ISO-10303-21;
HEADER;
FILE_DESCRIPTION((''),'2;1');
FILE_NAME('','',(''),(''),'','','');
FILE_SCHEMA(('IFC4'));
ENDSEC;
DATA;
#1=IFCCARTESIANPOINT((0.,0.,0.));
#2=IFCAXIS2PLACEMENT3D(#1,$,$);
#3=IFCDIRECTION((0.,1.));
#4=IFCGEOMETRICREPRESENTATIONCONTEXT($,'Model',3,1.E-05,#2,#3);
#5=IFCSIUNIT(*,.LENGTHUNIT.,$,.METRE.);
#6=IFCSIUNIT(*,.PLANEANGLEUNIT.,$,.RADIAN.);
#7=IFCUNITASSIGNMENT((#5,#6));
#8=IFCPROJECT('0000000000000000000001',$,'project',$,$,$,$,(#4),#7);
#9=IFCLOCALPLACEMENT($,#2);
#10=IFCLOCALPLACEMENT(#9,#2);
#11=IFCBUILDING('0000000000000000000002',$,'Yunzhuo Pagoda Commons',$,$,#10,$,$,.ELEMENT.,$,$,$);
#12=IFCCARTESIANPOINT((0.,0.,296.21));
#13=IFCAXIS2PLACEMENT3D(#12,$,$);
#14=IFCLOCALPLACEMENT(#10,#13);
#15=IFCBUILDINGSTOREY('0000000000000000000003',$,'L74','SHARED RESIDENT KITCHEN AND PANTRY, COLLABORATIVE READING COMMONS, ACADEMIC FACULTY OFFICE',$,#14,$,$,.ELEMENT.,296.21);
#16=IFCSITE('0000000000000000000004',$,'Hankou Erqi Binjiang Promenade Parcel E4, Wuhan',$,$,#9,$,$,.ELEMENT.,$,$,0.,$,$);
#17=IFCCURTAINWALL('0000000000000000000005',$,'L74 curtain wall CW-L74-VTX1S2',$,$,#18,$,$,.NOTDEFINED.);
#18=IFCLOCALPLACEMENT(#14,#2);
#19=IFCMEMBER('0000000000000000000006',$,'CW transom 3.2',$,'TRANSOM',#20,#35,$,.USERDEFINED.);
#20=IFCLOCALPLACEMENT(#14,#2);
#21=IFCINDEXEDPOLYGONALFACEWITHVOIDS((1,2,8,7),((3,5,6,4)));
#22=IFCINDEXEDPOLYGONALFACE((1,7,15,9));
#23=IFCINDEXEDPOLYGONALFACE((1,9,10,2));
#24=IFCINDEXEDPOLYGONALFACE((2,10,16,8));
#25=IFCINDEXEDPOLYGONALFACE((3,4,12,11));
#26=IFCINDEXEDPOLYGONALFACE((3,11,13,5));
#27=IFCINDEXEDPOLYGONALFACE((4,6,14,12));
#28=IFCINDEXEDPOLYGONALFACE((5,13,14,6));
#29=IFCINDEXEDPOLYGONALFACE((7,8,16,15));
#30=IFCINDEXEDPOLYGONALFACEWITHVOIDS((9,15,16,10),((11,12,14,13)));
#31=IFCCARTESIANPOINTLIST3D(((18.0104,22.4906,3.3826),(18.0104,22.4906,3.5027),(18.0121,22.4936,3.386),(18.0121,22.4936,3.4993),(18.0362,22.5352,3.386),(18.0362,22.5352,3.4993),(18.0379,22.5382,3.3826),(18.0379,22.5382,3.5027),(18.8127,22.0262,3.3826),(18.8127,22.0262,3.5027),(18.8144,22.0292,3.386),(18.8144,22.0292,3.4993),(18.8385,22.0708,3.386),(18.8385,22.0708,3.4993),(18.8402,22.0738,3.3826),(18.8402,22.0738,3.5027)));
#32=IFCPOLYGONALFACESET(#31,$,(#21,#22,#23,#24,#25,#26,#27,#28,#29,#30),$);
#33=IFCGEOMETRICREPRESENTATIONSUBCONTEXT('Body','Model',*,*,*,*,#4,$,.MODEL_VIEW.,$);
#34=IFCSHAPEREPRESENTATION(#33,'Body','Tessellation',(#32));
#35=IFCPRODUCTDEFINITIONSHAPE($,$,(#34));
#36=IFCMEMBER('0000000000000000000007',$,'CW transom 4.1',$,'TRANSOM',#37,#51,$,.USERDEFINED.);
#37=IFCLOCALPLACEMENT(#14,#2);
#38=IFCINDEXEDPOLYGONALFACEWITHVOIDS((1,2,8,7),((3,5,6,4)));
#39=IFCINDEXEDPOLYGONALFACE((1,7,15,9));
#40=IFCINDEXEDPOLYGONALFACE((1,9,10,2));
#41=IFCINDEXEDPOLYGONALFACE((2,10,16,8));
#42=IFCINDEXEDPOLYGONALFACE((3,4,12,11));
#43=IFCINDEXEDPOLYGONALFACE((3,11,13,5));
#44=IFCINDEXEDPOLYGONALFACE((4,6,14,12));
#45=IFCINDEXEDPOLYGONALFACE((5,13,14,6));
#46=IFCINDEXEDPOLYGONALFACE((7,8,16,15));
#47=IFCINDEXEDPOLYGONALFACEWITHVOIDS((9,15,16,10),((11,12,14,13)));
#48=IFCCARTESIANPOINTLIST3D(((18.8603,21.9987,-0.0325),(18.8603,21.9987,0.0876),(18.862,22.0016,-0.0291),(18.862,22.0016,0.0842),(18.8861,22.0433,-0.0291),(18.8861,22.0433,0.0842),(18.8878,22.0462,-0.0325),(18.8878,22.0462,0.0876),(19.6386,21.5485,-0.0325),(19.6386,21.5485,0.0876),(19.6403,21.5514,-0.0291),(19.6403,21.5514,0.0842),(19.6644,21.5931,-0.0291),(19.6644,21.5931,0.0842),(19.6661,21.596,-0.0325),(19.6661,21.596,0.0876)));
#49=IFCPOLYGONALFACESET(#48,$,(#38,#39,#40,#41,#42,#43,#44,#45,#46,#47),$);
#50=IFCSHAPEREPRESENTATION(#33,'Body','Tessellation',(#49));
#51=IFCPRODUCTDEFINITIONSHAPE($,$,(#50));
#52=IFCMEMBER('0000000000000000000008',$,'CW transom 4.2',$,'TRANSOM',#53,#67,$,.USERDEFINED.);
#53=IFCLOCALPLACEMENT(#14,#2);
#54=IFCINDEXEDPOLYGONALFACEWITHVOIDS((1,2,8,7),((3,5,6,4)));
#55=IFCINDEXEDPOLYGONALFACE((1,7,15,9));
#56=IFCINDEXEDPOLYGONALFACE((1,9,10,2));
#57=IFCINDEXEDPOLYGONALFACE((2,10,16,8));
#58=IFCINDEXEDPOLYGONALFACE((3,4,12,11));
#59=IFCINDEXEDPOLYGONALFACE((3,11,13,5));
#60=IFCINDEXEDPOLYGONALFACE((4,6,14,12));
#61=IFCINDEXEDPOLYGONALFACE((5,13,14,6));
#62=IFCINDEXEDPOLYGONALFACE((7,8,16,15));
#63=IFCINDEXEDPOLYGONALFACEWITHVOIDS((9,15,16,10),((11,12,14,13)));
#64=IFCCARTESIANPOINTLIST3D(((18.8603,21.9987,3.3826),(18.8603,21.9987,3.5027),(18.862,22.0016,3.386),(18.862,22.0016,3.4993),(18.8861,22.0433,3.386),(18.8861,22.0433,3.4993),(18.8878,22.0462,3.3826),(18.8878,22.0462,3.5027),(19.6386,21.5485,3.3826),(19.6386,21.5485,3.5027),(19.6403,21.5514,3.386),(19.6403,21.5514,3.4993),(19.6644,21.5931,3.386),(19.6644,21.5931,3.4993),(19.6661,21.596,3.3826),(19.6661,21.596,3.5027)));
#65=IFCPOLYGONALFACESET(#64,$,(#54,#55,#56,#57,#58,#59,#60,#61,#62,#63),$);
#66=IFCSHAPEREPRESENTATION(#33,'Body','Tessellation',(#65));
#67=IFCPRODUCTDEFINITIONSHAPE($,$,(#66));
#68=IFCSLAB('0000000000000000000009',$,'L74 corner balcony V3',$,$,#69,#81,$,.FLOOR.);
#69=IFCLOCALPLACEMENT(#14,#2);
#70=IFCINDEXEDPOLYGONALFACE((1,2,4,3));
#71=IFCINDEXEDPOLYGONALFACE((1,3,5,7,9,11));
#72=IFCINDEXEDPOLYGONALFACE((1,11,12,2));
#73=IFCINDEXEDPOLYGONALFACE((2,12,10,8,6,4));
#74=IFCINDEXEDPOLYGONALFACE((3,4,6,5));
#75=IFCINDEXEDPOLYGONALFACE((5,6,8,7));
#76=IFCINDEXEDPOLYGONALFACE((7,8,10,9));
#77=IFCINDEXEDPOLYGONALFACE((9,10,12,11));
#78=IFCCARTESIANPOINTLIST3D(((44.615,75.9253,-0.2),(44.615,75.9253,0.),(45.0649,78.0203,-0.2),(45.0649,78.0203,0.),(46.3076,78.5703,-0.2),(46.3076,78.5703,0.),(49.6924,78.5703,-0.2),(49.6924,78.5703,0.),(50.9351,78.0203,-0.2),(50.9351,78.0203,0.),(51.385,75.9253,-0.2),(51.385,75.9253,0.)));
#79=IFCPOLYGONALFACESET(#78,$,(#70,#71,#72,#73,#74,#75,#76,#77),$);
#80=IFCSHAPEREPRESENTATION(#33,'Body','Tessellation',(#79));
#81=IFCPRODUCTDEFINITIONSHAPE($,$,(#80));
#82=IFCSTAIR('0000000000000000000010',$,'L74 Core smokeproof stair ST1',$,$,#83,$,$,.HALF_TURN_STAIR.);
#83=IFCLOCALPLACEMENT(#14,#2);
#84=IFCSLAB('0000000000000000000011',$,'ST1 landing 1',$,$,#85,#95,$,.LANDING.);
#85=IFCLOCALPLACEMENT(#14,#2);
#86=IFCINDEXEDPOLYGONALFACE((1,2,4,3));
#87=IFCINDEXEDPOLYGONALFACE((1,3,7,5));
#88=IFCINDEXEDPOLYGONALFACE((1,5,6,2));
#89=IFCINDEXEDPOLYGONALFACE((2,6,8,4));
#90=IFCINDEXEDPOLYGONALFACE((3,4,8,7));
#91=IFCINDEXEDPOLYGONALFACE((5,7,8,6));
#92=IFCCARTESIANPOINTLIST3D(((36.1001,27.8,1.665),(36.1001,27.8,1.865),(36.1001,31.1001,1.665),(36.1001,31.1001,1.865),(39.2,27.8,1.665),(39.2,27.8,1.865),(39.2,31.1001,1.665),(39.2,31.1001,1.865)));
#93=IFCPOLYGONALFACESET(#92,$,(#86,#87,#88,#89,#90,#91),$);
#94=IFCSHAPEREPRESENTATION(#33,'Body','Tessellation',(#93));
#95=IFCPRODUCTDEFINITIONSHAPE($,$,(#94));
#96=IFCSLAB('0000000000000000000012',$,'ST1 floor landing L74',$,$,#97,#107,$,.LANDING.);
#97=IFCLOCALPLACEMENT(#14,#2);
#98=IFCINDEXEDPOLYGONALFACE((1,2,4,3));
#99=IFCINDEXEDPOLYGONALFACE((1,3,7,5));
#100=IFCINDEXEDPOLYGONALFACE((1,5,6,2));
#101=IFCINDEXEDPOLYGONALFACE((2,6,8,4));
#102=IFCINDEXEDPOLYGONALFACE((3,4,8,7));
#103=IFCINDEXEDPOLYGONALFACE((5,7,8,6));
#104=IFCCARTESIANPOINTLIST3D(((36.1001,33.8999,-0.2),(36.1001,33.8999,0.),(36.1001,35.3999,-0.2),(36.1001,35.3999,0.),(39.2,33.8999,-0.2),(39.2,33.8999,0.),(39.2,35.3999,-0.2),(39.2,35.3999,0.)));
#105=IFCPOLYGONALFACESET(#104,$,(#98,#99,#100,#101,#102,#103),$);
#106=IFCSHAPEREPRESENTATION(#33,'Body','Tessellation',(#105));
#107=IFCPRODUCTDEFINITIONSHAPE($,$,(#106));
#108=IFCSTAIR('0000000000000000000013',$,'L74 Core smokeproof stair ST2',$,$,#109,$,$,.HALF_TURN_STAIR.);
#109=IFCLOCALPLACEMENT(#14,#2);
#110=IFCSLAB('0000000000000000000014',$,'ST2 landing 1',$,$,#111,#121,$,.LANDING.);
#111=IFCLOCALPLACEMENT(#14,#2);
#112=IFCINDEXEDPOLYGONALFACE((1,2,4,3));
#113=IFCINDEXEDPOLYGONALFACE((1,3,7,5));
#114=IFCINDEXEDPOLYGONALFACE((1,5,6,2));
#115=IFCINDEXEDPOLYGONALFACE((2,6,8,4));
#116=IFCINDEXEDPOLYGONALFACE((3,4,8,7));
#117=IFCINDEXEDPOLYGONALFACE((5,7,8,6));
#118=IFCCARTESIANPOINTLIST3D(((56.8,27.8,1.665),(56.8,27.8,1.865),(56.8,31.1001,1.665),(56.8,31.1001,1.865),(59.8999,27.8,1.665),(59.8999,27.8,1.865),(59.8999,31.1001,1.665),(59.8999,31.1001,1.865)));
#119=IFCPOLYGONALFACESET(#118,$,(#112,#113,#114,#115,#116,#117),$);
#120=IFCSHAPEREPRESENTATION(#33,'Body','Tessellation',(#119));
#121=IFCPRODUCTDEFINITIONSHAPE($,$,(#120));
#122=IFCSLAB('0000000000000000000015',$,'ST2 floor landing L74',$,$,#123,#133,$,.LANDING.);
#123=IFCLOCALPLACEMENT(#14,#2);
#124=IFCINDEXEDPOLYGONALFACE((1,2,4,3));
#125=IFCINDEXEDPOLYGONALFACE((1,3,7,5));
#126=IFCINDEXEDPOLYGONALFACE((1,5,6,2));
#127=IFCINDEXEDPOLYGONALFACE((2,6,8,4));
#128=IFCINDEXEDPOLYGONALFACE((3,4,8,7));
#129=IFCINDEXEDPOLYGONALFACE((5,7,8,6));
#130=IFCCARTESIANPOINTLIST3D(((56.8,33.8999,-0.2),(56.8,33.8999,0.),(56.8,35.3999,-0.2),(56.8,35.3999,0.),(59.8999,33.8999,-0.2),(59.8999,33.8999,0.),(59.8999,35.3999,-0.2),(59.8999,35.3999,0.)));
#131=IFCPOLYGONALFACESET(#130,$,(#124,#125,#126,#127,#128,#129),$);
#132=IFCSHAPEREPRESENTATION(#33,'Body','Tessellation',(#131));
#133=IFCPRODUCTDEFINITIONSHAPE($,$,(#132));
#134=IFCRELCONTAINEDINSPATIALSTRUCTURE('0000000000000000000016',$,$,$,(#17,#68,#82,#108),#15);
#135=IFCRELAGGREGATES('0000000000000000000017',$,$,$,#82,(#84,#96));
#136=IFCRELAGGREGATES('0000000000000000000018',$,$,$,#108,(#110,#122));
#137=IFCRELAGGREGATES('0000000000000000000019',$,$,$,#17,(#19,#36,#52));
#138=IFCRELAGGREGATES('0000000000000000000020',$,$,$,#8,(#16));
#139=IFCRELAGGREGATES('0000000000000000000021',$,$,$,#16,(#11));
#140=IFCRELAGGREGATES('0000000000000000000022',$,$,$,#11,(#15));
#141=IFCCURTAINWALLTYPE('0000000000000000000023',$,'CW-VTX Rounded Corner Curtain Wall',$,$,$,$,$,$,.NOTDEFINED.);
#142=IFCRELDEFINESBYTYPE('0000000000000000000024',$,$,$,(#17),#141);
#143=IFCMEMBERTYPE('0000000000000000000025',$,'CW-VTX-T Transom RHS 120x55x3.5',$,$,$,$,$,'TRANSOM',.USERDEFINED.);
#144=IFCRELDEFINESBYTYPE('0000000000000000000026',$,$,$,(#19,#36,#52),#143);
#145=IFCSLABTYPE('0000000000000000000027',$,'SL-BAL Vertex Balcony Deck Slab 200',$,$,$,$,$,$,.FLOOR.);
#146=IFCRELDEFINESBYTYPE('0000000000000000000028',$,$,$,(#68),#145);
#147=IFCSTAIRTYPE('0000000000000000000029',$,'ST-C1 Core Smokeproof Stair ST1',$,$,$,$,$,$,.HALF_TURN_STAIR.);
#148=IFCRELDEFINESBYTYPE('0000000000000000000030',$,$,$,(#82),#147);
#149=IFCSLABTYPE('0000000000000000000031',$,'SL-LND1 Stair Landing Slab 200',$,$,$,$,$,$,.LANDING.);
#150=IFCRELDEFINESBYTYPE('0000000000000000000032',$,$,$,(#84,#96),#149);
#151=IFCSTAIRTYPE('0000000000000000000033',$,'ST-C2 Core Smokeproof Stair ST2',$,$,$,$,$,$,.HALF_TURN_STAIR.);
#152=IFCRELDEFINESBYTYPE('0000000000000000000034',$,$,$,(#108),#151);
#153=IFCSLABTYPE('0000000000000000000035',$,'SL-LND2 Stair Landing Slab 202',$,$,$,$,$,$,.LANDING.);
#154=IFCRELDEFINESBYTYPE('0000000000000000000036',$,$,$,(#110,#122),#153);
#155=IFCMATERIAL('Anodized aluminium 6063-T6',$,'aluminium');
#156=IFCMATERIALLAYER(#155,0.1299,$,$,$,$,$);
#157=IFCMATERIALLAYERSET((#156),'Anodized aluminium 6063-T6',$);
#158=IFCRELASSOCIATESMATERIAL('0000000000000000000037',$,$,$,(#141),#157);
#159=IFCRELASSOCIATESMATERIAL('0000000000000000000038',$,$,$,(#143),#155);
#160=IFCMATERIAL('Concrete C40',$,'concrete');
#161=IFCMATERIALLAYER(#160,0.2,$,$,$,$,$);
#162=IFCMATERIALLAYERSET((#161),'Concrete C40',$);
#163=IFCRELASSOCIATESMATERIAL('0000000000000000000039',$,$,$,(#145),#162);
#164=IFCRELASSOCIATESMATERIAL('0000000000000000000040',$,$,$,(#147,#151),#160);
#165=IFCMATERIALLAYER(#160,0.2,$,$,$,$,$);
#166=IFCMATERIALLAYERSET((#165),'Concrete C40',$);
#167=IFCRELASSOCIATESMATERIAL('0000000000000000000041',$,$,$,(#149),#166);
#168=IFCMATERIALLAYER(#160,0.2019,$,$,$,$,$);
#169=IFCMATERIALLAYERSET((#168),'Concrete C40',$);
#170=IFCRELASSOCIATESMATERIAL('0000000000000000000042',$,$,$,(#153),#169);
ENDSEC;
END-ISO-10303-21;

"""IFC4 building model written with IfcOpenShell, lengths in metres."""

from ifc_helpers import new_model, si_unit, direction, frame, origin, origin_2d, place, context, subcontext, project, spatial, polyline, hollow_rectangle, outline, extrude, source, transform, mapped, material, layer, layer_set, material_profile, profile_set, type_object, element, aggregate, save


model = new_model("IFC4")

# Units and contexts
model_context = context("Model", 3, precision=1e-05, world=origin(), true_north=direction((0.0, 1.0)))
body_context = subcontext(model_context, "Body", "Model", "MODEL_VIEW")
ifc_project = project(units=[si_unit("LENGTHUNIT", "METRE"), si_unit("PLANEANGLEUNIT", "RADIAN")], contexts=[model_context])

# Site, building, storey
site_placement = place(None, origin())
site = spatial("IfcSite", under=ifc_project, at=site_placement, Name="Hankou Erqi Binjiang Promenade Parcel E4, Wuhan", CompositionType="ELEMENT", RefElevation=0.0)
building_placement = place(site_placement, origin())
building = spatial("IfcBuilding", under=site, at=building_placement, Name="Yunzhuo Pagoda Commons", CompositionType="ELEMENT")
storey_placement = place(building_placement, frame((0.0, 0.0, 296.21)))
storey = spatial("IfcBuildingStorey", under=building, at=storey_placement, Name="L74", Description="SHARED RESIDENT KITCHEN AND PANTRY, COLLABORATIVE READING COMMONS, ACADEMIC FACULTY OFFICE", CompositionType="ELEMENT", Elevation=296.21)

# Shared definitions
ifc_material_1 = material(Name="Anodized aluminium 6063-T6", Category="aluminium")

# Curtain wall
ifc_layer_1 = layer(ifc_material_1, 0.1299)
ifc_layer_set_1 = layer_set([ifc_layer_1], Name="Anodized aluminium 6063-T6")
curtain_wall_type_1 = type_object("IfcCurtainWallType", Name="CW-VTX Rounded Corner Curtain Wall", PredefinedType="NOTDEFINED", material=ifc_layer_set_1)
curtain_wall_1_placement = place(storey_placement, origin())
curtain_wall_1 = element("IfcCurtainWall", 1, at=curtain_wall_1_placement, inside=storey, type_object=curtain_wall_type_1, Name="L74 curtain wall CW-L74-VTX1S2", PredefinedType="NOTDEFINED")

# Members
ifc_material_profile_1 = material_profile(ifc_material_1, hollow_rectangle(XDim=0.0549, YDim=0.1201, WallThickness=0.0034, at=origin_2d()), Name="Anodized aluminium 6063-T6")
ifc_profile_set_1 = profile_set([ifc_material_profile_1], Name="Anodized aluminium 6063-T6")
member_type_1 = type_object("IfcMemberType", Name="CW-VTX-T Transom RHS 120x55x3.5", ElementType="TRANSOM", PredefinedType="USERDEFINED", material=ifc_profile_set_1)
shared_shape_1 = source(origin(), body_context, "Body", "SweptSolid", [
    extrude(hollow_rectangle(XDim=0.0549, YDim=0.1201, WallThickness=0.0034, at=origin_2d()), origin(), (0.0, 0.0, 1.0), 0.927),
])
member_1_placement = place(storey_placement, frame((18.0242, 22.5144, 3.4426), z_axis=(0.865474, -0.500953, 0.0), x_axis=(0.500953, 0.865474, 0.0)))
member_1 = element("IfcMember", 2, at=member_1_placement, type_object=member_type_1, Name="CW transom 3.2", ObjectType="TRANSOM", PredefinedType="USERDEFINED", context=body_context, shape_type="MappedRepresentation", body=[
    mapped(shared_shape_1, transform((0.0, 0.0, 0.0), scale=1.0)),
])
shared_shape_2 = source(origin(), body_context, "Body", "SweptSolid", [
    extrude(hollow_rectangle(XDim=0.0549, YDim=0.1201, WallThickness=0.0034, at=origin_2d()), origin(), (0.0, 0.0, 1.0), 0.8992),
])
member_2_placement = place(storey_placement, frame((18.874, 22.0225, 0.0276), z_axis=(0.865625, -0.500694, 0.0), x_axis=(0.500694, 0.865625, 0.0)))
member_2 = element("IfcMember", 3, at=member_2_placement, type_object=member_type_1, Name="CW transom 4.1", ObjectType="TRANSOM", PredefinedType="USERDEFINED", context=body_context, shape_type="MappedRepresentation", body=[
    mapped(shared_shape_2, transform((0.0, 0.0, 0.0), scale=1.0)),
])
member_3_placement = place(storey_placement, frame((18.874, 22.0225, 3.4426), z_axis=(0.865625, -0.500694, 0.0), x_axis=(0.500694, 0.865625, 0.0)))
member_3 = element("IfcMember", 4, at=member_3_placement, type_object=member_type_1, Name="CW transom 4.2", ObjectType="TRANSOM", PredefinedType="USERDEFINED", context=body_context, shape_type="MappedRepresentation", body=[
    mapped(shared_shape_2, transform((0.0, 0.0, 0.0), scale=1.0)),
])

# Slab
ifc_material_2 = material(Name="Concrete C40", Category="concrete")
ifc_layer_2 = layer(ifc_material_2, 0.2)
ifc_layer_set_2 = layer_set([ifc_layer_2], Name="Concrete C40")
slab_type_1 = type_object("IfcSlabType", Name="SL-BAL Vertex Balcony Deck Slab 200", PredefinedType="FLOOR", material=ifc_layer_set_2)
slab_1_placement = place(storey_placement, frame((0.0, 0.0, -0.2)))
element("IfcSlab", 5, at=slab_1_placement, inside=storey, type_object=slab_type_1, Name="L74 corner balcony V3", PredefinedType="FLOOR", context=body_context, shape_type="SweptSolid", body=[
    extrude(outline(polyline([(51.385, 75.9253), (44.615, 75.9253), (45.0649, 78.0203), (46.3076, 78.5703), (49.6924, 78.5703), (50.9351, 78.0203), (51.385, 75.9253)])), origin(), (0.0, 0.0, 1.0), 0.2),
])

# Stairs, slabs
stair_type_1 = type_object("IfcStairType", Name="ST-C1 Core Smokeproof Stair ST1", PredefinedType="HALF_TURN_STAIR", material=ifc_material_2)
stair_1_placement = place(storey_placement, origin())
stair_1 = element("IfcStair", 6, at=stair_1_placement, inside=storey, type_object=stair_type_1, Name="L74 Core smokeproof stair ST1", PredefinedType="HALF_TURN_STAIR")
ifc_layer_3 = layer(ifc_material_2, 0.2)
ifc_layer_set_3 = layer_set([ifc_layer_3], Name="Concrete C40")
slab_type_2 = type_object("IfcSlabType", Name="SL-LND1 Stair Landing Slab 200", PredefinedType="LANDING", material=ifc_layer_set_3)
slab_2_placement = place(storey_placement, frame((0.0, 0.0, 1.665)))
slab_2 = element("IfcSlab", 7, at=slab_2_placement, type_object=slab_type_2, Name="ST1 landing 1", PredefinedType="LANDING", context=body_context, shape_type="SweptSolid", body=[
    extrude(outline(polyline([(36.1001, 31.1001), (36.1001, 27.8), (39.2, 27.8), (39.2, 31.1001), (36.1001, 31.1001)])), origin(), (0.0, 0.0, 1.0), 0.2),
])
slab_3_placement = place(storey_placement, frame((0.0, 0.0, -0.2)))
slab_3 = element("IfcSlab", 8, at=slab_3_placement, type_object=slab_type_2, Name="ST1 floor landing L74", PredefinedType="LANDING", context=body_context, shape_type="SweptSolid", body=[
    extrude(outline(polyline([(36.1001, 35.3999), (36.1001, 33.8999), (39.2, 33.8999), (39.2, 35.3999), (36.1001, 35.3999)])), origin(), (0.0, 0.0, 1.0), 0.2),
])
aggregate(stair_1, [slab_2, slab_3])
stair_type_2 = type_object("IfcStairType", Name="ST-C2 Core Smokeproof Stair ST2", PredefinedType="HALF_TURN_STAIR", material=ifc_material_2)
stair_2_placement = place(storey_placement, origin())
stair_2 = element("IfcStair", 9, at=stair_2_placement, inside=storey, type_object=stair_type_2, Name="L74 Core smokeproof stair ST2", PredefinedType="HALF_TURN_STAIR")
ifc_layer_4 = layer(ifc_material_2, 0.2019)
ifc_layer_set_4 = layer_set([ifc_layer_4], Name="Concrete C40")
slab_type_3 = type_object("IfcSlabType", Name="SL-LND2 Stair Landing Slab 202", PredefinedType="LANDING", material=ifc_layer_set_4)
slab_4_placement = place(storey_placement, frame((0.0, 0.0, 1.665)))
slab_4 = element("IfcSlab", 10, at=slab_4_placement, type_object=slab_type_3, Name="ST2 landing 1", PredefinedType="LANDING", context=body_context, shape_type="SweptSolid", body=[
    extrude(outline(polyline([(56.8, 31.1001), (56.8, 27.8), (59.8999, 27.8), (59.8999, 31.1001), (56.8, 31.1001)])), origin(), (0.0, 0.0, 1.0), 0.2),
])
slab_5_placement = place(storey_placement, frame((0.0, 0.0, -0.2)))
slab_5 = element("IfcSlab", 11, at=slab_5_placement, type_object=slab_type_3, Name="ST2 floor landing L74", PredefinedType="LANDING", context=body_context, shape_type="SweptSolid", body=[
    extrude(outline(polyline([(56.8, 35.3999), (56.8, 33.8999), (59.8999, 33.8999), (59.8999, 35.3999), (56.8, 35.3999)])), origin(), (0.0, 0.0, 1.0), 0.2),
])
aggregate(stair_2, [slab_4, slab_5])

aggregate(curtain_wall_1, [member_1, member_2, member_3])

save(model, "model.ifc")
